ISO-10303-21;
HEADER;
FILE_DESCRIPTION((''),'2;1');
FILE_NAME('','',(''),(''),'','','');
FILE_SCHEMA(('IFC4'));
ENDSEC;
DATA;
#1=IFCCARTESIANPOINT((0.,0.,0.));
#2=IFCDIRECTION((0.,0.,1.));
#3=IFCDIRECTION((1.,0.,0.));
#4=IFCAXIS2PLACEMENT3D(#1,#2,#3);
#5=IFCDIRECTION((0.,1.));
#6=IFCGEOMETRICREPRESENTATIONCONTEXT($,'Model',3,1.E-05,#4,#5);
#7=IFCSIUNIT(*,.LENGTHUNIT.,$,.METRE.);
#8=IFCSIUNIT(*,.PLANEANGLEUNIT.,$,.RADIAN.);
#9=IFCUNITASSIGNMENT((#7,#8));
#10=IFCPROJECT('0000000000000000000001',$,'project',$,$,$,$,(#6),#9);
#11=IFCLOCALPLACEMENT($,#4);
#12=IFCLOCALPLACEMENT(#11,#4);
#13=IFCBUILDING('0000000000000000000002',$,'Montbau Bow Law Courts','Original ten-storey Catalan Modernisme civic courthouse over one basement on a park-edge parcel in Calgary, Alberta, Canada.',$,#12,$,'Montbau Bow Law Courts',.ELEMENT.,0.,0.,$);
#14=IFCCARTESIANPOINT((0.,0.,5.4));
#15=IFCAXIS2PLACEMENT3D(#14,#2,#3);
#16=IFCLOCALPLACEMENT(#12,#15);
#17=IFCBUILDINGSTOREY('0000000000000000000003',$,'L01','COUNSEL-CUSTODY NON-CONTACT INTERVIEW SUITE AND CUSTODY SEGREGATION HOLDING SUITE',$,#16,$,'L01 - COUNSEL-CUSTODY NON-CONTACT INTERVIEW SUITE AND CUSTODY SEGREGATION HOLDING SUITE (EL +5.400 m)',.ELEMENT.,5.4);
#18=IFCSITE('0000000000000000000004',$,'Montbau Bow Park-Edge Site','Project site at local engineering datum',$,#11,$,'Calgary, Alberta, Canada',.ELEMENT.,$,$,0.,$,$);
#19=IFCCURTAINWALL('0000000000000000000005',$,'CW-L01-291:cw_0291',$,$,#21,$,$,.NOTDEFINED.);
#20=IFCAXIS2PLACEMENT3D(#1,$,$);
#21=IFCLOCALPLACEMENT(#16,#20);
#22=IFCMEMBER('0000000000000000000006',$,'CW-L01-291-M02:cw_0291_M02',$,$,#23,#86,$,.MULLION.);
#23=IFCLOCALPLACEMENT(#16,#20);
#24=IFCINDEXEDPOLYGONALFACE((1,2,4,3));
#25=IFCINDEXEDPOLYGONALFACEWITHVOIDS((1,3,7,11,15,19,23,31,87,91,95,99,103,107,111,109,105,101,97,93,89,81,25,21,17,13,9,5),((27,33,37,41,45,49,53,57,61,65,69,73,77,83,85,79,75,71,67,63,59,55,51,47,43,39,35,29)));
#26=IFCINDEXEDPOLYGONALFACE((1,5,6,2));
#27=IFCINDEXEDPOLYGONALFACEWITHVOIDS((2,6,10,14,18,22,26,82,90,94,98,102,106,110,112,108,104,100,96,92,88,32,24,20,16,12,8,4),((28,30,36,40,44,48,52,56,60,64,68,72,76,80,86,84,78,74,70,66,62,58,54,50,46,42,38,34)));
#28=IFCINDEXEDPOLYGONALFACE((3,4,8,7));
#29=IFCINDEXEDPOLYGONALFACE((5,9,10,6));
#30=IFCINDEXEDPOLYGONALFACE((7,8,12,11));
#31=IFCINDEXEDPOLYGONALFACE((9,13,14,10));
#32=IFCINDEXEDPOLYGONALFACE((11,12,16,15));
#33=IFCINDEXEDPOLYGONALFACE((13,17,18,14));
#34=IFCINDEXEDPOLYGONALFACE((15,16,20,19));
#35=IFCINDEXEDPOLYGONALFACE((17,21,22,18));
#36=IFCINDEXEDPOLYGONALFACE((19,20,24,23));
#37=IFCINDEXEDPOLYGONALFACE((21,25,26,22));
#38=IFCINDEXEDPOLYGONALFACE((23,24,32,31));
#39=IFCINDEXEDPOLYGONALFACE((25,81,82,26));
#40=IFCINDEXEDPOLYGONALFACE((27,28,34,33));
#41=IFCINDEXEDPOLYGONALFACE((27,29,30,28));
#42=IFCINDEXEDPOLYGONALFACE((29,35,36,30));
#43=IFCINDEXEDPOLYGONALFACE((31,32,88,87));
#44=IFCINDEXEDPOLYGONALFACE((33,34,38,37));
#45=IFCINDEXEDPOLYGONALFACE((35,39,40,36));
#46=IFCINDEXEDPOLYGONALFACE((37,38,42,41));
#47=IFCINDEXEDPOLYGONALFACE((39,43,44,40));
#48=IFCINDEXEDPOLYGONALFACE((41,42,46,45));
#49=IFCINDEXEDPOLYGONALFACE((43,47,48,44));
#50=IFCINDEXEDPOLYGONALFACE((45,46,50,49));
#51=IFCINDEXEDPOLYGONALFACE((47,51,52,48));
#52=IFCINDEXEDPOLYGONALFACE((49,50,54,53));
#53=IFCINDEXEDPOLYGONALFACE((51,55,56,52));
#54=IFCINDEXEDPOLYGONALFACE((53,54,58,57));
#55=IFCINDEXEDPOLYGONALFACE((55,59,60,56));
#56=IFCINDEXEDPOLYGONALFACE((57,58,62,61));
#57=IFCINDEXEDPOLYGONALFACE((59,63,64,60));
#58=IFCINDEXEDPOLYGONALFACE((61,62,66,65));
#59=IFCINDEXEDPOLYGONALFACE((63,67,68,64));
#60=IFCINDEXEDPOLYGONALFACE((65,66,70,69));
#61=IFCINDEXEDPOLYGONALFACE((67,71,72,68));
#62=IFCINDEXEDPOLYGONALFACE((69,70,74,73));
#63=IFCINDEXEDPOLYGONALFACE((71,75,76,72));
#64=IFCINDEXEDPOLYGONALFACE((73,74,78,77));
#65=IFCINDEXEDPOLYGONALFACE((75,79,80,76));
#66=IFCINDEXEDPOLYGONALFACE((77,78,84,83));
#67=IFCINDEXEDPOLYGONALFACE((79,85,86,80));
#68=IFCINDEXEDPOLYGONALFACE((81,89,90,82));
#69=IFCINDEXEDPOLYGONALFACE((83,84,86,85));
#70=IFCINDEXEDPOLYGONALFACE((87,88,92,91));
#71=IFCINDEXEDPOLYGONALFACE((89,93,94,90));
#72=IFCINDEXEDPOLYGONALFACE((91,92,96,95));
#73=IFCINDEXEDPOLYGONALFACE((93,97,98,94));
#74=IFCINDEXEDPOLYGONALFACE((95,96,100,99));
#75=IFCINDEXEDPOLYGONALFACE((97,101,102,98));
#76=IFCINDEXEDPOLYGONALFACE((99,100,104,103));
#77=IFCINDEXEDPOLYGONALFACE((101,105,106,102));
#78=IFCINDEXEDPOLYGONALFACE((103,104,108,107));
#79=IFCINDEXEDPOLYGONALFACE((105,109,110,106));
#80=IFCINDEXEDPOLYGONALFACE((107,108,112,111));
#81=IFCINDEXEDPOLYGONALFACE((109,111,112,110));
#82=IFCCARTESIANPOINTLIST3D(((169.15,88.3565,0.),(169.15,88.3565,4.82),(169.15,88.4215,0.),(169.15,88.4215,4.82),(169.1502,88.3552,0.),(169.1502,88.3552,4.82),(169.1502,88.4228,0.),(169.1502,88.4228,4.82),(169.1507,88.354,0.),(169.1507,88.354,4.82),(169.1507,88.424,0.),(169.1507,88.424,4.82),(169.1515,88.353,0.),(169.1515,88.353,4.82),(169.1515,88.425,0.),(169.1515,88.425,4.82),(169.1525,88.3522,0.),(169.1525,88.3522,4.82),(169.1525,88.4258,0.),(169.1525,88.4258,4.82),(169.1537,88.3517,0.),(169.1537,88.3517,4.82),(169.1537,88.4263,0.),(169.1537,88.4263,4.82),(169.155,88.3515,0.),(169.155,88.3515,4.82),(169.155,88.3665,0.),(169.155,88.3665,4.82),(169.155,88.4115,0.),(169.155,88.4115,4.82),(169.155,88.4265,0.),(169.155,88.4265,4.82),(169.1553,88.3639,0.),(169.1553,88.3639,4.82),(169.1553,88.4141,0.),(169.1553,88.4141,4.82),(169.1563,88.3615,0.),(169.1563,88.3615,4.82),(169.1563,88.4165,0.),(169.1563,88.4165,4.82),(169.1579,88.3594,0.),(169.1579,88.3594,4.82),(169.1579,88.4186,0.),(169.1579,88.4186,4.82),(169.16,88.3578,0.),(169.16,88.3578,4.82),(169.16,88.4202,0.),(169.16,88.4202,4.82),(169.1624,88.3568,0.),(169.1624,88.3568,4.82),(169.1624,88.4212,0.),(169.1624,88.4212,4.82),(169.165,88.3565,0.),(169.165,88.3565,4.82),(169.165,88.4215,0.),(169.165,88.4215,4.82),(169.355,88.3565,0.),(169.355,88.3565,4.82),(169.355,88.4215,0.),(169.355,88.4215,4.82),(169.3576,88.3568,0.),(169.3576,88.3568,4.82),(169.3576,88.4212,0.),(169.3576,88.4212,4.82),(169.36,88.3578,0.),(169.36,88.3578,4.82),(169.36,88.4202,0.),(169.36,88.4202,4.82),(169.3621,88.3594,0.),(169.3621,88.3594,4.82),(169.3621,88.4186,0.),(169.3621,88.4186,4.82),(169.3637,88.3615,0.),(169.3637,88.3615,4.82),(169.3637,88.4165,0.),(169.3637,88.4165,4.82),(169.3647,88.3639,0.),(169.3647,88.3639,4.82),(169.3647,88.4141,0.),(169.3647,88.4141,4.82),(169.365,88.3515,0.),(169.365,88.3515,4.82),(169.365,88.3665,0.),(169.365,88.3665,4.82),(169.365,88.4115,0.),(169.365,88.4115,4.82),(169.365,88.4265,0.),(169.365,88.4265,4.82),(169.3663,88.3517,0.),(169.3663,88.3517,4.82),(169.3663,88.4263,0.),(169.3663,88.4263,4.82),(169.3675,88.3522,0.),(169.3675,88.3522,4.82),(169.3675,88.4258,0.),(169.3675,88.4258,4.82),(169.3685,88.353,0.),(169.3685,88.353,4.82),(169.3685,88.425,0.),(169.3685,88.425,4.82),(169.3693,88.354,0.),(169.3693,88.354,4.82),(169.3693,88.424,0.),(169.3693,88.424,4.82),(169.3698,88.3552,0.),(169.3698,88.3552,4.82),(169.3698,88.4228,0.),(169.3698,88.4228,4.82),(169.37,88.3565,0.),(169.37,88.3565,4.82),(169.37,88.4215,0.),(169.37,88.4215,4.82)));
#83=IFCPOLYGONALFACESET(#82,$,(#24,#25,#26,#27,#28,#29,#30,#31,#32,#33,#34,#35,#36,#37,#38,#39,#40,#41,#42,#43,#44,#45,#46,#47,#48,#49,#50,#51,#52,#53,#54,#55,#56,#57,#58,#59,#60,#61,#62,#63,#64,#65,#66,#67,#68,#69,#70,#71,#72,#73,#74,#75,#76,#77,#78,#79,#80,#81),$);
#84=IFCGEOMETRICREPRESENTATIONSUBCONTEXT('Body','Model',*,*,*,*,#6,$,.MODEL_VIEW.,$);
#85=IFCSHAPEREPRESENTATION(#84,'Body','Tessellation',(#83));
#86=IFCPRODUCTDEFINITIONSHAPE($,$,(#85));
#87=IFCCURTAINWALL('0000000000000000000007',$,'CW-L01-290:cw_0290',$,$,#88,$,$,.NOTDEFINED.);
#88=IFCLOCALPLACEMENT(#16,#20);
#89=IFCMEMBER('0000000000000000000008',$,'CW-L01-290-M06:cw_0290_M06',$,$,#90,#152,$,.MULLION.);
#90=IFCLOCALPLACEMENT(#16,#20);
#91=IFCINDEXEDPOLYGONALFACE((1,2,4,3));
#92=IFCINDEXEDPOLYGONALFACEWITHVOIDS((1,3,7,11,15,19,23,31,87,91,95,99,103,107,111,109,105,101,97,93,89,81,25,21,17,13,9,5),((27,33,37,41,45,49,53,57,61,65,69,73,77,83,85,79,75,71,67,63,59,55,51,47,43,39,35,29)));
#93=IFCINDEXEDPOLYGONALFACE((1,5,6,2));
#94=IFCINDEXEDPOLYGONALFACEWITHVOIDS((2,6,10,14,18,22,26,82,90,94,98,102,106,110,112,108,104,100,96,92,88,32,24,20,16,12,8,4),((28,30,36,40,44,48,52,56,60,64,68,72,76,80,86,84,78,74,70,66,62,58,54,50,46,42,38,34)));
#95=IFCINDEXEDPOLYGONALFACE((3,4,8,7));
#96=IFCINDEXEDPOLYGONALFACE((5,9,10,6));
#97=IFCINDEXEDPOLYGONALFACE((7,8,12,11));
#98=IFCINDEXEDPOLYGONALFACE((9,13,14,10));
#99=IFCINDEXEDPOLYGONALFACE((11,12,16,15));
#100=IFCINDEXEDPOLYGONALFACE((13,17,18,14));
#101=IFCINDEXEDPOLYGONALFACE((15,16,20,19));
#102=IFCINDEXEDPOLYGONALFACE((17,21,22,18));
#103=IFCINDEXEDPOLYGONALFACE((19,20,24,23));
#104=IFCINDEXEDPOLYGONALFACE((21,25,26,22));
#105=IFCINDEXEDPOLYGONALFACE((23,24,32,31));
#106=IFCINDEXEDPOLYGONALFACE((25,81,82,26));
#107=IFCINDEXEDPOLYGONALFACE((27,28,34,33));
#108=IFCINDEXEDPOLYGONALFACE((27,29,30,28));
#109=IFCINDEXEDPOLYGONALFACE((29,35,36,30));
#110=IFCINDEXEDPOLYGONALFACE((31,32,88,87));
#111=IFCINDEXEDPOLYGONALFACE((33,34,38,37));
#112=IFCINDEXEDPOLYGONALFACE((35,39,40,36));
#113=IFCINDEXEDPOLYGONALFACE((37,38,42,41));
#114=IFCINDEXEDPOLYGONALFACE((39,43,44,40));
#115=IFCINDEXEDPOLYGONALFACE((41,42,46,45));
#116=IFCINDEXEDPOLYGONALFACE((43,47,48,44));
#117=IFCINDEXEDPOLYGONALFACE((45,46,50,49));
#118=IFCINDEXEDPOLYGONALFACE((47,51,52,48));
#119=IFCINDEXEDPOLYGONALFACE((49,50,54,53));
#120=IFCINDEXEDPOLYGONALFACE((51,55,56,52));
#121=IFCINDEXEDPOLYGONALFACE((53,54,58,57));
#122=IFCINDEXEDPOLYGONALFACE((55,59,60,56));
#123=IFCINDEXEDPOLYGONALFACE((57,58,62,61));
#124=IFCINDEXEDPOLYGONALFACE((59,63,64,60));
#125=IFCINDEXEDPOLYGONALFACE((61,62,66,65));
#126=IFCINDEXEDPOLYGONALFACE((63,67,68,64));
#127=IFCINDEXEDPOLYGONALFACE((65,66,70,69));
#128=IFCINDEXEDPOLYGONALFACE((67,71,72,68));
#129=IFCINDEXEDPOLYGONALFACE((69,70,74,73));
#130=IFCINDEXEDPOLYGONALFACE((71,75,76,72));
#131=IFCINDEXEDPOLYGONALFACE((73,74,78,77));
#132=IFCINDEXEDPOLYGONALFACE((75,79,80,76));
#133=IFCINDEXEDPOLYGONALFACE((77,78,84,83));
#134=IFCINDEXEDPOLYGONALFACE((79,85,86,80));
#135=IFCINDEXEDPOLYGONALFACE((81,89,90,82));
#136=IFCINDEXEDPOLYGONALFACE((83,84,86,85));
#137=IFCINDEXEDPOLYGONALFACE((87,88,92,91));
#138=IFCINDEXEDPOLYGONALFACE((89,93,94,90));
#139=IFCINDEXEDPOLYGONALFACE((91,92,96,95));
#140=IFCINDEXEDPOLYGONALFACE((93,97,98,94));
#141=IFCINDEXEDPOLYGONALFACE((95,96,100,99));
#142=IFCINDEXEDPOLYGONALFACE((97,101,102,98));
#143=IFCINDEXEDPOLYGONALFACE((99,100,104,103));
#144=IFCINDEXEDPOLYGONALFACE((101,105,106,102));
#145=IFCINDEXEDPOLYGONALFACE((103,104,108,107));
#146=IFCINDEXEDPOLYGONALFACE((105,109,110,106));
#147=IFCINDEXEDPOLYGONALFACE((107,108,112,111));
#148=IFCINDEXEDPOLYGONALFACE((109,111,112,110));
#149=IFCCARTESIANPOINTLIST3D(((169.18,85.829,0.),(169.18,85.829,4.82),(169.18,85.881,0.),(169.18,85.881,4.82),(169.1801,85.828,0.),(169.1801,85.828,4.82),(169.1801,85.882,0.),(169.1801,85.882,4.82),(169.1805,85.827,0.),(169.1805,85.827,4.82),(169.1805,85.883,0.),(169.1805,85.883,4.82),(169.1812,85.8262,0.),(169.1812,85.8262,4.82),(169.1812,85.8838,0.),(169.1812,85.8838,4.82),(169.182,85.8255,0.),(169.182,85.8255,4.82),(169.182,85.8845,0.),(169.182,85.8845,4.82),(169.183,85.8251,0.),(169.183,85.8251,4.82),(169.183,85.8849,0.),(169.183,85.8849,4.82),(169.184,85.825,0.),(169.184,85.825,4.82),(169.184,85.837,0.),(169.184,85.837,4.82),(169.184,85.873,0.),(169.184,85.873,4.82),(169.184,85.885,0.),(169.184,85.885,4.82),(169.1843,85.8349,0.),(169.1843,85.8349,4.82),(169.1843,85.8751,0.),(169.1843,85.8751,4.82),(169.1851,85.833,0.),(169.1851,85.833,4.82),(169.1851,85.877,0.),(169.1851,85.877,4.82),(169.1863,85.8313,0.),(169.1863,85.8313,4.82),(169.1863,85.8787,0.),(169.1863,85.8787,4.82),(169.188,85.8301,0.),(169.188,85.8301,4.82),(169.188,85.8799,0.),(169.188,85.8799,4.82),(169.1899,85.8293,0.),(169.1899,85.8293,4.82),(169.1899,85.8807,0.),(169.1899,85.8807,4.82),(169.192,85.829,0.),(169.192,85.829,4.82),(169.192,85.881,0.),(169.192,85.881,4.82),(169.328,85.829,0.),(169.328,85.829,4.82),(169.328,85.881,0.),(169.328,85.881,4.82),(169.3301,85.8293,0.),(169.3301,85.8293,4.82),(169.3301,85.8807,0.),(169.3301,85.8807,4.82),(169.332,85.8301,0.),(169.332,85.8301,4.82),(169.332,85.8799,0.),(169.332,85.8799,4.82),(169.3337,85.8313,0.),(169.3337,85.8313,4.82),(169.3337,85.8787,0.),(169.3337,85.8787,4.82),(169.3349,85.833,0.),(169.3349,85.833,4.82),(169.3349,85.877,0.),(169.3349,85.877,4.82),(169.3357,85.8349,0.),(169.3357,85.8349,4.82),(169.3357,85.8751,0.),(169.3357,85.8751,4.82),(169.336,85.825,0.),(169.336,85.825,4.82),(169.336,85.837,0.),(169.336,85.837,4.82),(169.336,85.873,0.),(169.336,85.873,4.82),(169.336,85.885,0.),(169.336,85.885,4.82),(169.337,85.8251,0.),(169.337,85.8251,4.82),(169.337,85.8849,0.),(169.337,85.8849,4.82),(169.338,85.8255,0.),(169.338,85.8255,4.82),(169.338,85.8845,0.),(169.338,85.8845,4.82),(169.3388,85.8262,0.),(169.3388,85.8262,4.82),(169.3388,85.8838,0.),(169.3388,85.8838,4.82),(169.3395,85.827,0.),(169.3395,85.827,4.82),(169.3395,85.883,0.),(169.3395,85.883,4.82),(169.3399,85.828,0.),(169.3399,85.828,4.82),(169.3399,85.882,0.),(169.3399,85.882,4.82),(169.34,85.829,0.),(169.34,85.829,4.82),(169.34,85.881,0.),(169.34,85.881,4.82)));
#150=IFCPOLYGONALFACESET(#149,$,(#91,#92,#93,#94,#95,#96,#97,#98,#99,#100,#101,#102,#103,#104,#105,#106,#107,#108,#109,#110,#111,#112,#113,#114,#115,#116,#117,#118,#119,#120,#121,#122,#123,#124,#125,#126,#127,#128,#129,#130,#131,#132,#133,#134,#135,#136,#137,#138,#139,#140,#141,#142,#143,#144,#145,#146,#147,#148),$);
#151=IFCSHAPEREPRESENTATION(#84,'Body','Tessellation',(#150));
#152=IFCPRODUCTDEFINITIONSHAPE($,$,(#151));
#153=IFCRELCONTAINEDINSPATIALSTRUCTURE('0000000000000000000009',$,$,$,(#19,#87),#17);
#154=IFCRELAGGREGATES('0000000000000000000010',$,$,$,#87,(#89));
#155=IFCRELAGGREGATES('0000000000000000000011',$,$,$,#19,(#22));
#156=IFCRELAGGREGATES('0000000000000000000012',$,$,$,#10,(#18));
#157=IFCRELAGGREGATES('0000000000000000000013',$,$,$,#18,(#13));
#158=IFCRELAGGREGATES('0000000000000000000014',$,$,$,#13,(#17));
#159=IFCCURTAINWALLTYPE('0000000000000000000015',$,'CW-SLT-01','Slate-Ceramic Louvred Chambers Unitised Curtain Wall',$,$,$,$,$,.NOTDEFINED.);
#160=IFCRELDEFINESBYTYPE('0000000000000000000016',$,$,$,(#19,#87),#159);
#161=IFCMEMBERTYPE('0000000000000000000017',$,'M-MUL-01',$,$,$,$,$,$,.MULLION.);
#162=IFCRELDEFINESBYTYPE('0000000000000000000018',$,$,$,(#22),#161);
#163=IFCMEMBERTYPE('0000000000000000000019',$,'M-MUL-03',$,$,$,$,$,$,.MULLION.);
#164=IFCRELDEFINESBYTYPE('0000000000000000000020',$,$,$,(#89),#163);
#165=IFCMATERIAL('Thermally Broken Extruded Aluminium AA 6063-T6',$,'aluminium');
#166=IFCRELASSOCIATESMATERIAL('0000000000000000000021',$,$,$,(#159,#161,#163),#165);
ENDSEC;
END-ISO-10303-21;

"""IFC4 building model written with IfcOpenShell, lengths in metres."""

from ifc_helpers import new_model, si_unit, direction, frame, origin_with_axes, origin_2d_with_axis, place, context, subcontext, project, spatial, hollow_rectangle, extrude, material, material_profile, profile_set, type_object, element, aggregate, save


model = new_model("IFC4")

# Units and contexts
model_context = context("Model", 3, precision=1e-05, world=origin_with_axes(), true_north=direction((0.0, 1.0)))
body_context = subcontext(model_context, "Body", "Model", "MODEL_VIEW")
ifc_project = project(units=[si_unit("LENGTHUNIT", "METRE"), si_unit("PLANEANGLEUNIT", "RADIAN")], contexts=[model_context])

# Site, building, storey
site_placement = place(None, origin_with_axes())
site = spatial("IfcSite", under=ifc_project, at=site_placement, Name="Montbau Bow Park-Edge Site", Description="Project site at local engineering datum", LongName="Calgary, Alberta, Canada", CompositionType="ELEMENT", RefElevation=0.0)
building_placement = place(site_placement, origin_with_axes())
building = spatial("IfcBuilding", under=site, at=building_placement, Name="Montbau Bow Law Courts", Description="Original ten-storey Catalan Modernisme civic courthouse over one basement on a park-edge parcel in Calgary, Alberta, Canada.", LongName="Montbau Bow Law Courts", CompositionType="ELEMENT", ElevationOfRefHeight=0.0, ElevationOfTerrain=0.0)
storey_placement = place(building_placement, frame((0.0, 0.0, 5.4), z_axis=(0.0, 0.0, 1.0), x_axis=(1.0, 0.0, 0.0)))
storey = spatial("IfcBuildingStorey", under=building, at=storey_placement, Name="L01", Description="COUNSEL-CUSTODY NON-CONTACT INTERVIEW SUITE AND CUSTODY SEGREGATION HOLDING SUITE", LongName="L01 - COUNSEL-CUSTODY NON-CONTACT INTERVIEW SUITE AND CUSTODY SEGREGATION HOLDING SUITE (EL +5.400 m)", CompositionType="ELEMENT", Elevation=5.4)

# Curtain walls, members
ifc_material_1 = material(Name="Thermally Broken Extruded Aluminium AA 6063-T6", Category="aluminium")
curtain_wall_type = type_object("IfcCurtainWallType", Name="CW-SLT-01", Description="Slate-Ceramic Louvred Chambers Unitised Curtain Wall", PredefinedType="NOTDEFINED", material=ifc_material_1)
curtain_wall_1_placement = place(None, frame((169.26, 86.915, 5.4), z_axis=(0.0, 0.0, 1.0), x_axis=(1.0, 0.0, 0.0)))
curtain_wall_1 = element("IfcCurtainWall", 1, at=curtain_wall_1_placement, inside=storey, type_object=curtain_wall_type, Name="CW-L01-291:cw_0291", PredefinedType="NOTDEFINED")
ifc_material_profile_1 = material_profile(ifc_material_1, hollow_rectangle(XDim=0.075, YDim=0.22, WallThickness=0.005, InnerFilletRadius=0.01, OuterFilletRadius=0.005, at=origin_2d_with_axis()), Name="CWM-220X75", Category="Main", Priority=0)
ifc_profile_set_1 = profile_set([ifc_material_profile_1], Name="Thermally Broken Extruded Aluminium AA 6063-T6")
member_type_1 = type_object("IfcMemberType", Name="M-MUL-01", PredefinedType="MULLION", material=ifc_profile_set_1)
member_1_placement = place(None, frame((169.26, 88.389, 5.4), z_axis=(0.0, 0.0, 1.0), x_axis=(0.0, 1.0, 0.0)))
member_1 = element("IfcMember", 2, at=member_1_placement, type_object=member_type_1, Name="CW-L01-291-M02:cw_0291_M02", PredefinedType="MULLION", context=body_context, shape_type="SweptSolid", body=[
    extrude(hollow_rectangle(XDim=0.075, YDim=0.22, WallThickness=0.005, InnerFilletRadius=0.01, OuterFilletRadius=0.005, at=origin_2d_with_axis()), origin_with_axes(), (0.0, 0.0, 1.0), 4.82),
])
curtain_wall_2_placement = place(None, frame((169.26, 78.515, 5.4), z_axis=(0.0, 0.0, 1.0), x_axis=(1.0, 0.0, 0.0)))
curtain_wall_2 = element("IfcCurtainWall", 3, at=curtain_wall_2_placement, inside=storey, type_object=curtain_wall_type, Name="CW-L01-290:cw_0290", PredefinedType="NOTDEFINED")
ifc_material_profile_2 = material_profile(ifc_material_1, hollow_rectangle(XDim=0.06, YDim=0.16, WallThickness=0.004, InnerFilletRadius=0.008, OuterFilletRadius=0.004, at=origin_2d_with_axis()), Name="CWM-160X60", Category="Main", Priority=0)
ifc_profile_set_2 = profile_set([ifc_material_profile_2], Name="Thermally Broken Extruded Aluminium AA 6063-T6")
member_type_2 = type_object("IfcMemberType", Name="M-MUL-03", PredefinedType="MULLION", material=ifc_profile_set_2)
member_2_placement = place(None, frame((169.26, 85.855, 5.4), z_axis=(0.0, 0.0, 1.0), x_axis=(0.0, 1.0, 0.0)))
member_2 = element("IfcMember", 4, at=member_2_placement, type_object=member_type_2, Name="CW-L01-290-M06:cw_0290_M06", PredefinedType="MULLION", context=body_context, shape_type="SweptSolid", body=[
    extrude(hollow_rectangle(XDim=0.06, YDim=0.16, WallThickness=0.004, InnerFilletRadius=0.008, OuterFilletRadius=0.004, at=origin_2d_with_axis()), origin_with_axes(), (0.0, 0.0, 1.0), 4.82),
])
aggregate(curtain_wall_2, [member_2])

aggregate(curtain_wall_1, [member_1])

save(model, "model.ifc")
